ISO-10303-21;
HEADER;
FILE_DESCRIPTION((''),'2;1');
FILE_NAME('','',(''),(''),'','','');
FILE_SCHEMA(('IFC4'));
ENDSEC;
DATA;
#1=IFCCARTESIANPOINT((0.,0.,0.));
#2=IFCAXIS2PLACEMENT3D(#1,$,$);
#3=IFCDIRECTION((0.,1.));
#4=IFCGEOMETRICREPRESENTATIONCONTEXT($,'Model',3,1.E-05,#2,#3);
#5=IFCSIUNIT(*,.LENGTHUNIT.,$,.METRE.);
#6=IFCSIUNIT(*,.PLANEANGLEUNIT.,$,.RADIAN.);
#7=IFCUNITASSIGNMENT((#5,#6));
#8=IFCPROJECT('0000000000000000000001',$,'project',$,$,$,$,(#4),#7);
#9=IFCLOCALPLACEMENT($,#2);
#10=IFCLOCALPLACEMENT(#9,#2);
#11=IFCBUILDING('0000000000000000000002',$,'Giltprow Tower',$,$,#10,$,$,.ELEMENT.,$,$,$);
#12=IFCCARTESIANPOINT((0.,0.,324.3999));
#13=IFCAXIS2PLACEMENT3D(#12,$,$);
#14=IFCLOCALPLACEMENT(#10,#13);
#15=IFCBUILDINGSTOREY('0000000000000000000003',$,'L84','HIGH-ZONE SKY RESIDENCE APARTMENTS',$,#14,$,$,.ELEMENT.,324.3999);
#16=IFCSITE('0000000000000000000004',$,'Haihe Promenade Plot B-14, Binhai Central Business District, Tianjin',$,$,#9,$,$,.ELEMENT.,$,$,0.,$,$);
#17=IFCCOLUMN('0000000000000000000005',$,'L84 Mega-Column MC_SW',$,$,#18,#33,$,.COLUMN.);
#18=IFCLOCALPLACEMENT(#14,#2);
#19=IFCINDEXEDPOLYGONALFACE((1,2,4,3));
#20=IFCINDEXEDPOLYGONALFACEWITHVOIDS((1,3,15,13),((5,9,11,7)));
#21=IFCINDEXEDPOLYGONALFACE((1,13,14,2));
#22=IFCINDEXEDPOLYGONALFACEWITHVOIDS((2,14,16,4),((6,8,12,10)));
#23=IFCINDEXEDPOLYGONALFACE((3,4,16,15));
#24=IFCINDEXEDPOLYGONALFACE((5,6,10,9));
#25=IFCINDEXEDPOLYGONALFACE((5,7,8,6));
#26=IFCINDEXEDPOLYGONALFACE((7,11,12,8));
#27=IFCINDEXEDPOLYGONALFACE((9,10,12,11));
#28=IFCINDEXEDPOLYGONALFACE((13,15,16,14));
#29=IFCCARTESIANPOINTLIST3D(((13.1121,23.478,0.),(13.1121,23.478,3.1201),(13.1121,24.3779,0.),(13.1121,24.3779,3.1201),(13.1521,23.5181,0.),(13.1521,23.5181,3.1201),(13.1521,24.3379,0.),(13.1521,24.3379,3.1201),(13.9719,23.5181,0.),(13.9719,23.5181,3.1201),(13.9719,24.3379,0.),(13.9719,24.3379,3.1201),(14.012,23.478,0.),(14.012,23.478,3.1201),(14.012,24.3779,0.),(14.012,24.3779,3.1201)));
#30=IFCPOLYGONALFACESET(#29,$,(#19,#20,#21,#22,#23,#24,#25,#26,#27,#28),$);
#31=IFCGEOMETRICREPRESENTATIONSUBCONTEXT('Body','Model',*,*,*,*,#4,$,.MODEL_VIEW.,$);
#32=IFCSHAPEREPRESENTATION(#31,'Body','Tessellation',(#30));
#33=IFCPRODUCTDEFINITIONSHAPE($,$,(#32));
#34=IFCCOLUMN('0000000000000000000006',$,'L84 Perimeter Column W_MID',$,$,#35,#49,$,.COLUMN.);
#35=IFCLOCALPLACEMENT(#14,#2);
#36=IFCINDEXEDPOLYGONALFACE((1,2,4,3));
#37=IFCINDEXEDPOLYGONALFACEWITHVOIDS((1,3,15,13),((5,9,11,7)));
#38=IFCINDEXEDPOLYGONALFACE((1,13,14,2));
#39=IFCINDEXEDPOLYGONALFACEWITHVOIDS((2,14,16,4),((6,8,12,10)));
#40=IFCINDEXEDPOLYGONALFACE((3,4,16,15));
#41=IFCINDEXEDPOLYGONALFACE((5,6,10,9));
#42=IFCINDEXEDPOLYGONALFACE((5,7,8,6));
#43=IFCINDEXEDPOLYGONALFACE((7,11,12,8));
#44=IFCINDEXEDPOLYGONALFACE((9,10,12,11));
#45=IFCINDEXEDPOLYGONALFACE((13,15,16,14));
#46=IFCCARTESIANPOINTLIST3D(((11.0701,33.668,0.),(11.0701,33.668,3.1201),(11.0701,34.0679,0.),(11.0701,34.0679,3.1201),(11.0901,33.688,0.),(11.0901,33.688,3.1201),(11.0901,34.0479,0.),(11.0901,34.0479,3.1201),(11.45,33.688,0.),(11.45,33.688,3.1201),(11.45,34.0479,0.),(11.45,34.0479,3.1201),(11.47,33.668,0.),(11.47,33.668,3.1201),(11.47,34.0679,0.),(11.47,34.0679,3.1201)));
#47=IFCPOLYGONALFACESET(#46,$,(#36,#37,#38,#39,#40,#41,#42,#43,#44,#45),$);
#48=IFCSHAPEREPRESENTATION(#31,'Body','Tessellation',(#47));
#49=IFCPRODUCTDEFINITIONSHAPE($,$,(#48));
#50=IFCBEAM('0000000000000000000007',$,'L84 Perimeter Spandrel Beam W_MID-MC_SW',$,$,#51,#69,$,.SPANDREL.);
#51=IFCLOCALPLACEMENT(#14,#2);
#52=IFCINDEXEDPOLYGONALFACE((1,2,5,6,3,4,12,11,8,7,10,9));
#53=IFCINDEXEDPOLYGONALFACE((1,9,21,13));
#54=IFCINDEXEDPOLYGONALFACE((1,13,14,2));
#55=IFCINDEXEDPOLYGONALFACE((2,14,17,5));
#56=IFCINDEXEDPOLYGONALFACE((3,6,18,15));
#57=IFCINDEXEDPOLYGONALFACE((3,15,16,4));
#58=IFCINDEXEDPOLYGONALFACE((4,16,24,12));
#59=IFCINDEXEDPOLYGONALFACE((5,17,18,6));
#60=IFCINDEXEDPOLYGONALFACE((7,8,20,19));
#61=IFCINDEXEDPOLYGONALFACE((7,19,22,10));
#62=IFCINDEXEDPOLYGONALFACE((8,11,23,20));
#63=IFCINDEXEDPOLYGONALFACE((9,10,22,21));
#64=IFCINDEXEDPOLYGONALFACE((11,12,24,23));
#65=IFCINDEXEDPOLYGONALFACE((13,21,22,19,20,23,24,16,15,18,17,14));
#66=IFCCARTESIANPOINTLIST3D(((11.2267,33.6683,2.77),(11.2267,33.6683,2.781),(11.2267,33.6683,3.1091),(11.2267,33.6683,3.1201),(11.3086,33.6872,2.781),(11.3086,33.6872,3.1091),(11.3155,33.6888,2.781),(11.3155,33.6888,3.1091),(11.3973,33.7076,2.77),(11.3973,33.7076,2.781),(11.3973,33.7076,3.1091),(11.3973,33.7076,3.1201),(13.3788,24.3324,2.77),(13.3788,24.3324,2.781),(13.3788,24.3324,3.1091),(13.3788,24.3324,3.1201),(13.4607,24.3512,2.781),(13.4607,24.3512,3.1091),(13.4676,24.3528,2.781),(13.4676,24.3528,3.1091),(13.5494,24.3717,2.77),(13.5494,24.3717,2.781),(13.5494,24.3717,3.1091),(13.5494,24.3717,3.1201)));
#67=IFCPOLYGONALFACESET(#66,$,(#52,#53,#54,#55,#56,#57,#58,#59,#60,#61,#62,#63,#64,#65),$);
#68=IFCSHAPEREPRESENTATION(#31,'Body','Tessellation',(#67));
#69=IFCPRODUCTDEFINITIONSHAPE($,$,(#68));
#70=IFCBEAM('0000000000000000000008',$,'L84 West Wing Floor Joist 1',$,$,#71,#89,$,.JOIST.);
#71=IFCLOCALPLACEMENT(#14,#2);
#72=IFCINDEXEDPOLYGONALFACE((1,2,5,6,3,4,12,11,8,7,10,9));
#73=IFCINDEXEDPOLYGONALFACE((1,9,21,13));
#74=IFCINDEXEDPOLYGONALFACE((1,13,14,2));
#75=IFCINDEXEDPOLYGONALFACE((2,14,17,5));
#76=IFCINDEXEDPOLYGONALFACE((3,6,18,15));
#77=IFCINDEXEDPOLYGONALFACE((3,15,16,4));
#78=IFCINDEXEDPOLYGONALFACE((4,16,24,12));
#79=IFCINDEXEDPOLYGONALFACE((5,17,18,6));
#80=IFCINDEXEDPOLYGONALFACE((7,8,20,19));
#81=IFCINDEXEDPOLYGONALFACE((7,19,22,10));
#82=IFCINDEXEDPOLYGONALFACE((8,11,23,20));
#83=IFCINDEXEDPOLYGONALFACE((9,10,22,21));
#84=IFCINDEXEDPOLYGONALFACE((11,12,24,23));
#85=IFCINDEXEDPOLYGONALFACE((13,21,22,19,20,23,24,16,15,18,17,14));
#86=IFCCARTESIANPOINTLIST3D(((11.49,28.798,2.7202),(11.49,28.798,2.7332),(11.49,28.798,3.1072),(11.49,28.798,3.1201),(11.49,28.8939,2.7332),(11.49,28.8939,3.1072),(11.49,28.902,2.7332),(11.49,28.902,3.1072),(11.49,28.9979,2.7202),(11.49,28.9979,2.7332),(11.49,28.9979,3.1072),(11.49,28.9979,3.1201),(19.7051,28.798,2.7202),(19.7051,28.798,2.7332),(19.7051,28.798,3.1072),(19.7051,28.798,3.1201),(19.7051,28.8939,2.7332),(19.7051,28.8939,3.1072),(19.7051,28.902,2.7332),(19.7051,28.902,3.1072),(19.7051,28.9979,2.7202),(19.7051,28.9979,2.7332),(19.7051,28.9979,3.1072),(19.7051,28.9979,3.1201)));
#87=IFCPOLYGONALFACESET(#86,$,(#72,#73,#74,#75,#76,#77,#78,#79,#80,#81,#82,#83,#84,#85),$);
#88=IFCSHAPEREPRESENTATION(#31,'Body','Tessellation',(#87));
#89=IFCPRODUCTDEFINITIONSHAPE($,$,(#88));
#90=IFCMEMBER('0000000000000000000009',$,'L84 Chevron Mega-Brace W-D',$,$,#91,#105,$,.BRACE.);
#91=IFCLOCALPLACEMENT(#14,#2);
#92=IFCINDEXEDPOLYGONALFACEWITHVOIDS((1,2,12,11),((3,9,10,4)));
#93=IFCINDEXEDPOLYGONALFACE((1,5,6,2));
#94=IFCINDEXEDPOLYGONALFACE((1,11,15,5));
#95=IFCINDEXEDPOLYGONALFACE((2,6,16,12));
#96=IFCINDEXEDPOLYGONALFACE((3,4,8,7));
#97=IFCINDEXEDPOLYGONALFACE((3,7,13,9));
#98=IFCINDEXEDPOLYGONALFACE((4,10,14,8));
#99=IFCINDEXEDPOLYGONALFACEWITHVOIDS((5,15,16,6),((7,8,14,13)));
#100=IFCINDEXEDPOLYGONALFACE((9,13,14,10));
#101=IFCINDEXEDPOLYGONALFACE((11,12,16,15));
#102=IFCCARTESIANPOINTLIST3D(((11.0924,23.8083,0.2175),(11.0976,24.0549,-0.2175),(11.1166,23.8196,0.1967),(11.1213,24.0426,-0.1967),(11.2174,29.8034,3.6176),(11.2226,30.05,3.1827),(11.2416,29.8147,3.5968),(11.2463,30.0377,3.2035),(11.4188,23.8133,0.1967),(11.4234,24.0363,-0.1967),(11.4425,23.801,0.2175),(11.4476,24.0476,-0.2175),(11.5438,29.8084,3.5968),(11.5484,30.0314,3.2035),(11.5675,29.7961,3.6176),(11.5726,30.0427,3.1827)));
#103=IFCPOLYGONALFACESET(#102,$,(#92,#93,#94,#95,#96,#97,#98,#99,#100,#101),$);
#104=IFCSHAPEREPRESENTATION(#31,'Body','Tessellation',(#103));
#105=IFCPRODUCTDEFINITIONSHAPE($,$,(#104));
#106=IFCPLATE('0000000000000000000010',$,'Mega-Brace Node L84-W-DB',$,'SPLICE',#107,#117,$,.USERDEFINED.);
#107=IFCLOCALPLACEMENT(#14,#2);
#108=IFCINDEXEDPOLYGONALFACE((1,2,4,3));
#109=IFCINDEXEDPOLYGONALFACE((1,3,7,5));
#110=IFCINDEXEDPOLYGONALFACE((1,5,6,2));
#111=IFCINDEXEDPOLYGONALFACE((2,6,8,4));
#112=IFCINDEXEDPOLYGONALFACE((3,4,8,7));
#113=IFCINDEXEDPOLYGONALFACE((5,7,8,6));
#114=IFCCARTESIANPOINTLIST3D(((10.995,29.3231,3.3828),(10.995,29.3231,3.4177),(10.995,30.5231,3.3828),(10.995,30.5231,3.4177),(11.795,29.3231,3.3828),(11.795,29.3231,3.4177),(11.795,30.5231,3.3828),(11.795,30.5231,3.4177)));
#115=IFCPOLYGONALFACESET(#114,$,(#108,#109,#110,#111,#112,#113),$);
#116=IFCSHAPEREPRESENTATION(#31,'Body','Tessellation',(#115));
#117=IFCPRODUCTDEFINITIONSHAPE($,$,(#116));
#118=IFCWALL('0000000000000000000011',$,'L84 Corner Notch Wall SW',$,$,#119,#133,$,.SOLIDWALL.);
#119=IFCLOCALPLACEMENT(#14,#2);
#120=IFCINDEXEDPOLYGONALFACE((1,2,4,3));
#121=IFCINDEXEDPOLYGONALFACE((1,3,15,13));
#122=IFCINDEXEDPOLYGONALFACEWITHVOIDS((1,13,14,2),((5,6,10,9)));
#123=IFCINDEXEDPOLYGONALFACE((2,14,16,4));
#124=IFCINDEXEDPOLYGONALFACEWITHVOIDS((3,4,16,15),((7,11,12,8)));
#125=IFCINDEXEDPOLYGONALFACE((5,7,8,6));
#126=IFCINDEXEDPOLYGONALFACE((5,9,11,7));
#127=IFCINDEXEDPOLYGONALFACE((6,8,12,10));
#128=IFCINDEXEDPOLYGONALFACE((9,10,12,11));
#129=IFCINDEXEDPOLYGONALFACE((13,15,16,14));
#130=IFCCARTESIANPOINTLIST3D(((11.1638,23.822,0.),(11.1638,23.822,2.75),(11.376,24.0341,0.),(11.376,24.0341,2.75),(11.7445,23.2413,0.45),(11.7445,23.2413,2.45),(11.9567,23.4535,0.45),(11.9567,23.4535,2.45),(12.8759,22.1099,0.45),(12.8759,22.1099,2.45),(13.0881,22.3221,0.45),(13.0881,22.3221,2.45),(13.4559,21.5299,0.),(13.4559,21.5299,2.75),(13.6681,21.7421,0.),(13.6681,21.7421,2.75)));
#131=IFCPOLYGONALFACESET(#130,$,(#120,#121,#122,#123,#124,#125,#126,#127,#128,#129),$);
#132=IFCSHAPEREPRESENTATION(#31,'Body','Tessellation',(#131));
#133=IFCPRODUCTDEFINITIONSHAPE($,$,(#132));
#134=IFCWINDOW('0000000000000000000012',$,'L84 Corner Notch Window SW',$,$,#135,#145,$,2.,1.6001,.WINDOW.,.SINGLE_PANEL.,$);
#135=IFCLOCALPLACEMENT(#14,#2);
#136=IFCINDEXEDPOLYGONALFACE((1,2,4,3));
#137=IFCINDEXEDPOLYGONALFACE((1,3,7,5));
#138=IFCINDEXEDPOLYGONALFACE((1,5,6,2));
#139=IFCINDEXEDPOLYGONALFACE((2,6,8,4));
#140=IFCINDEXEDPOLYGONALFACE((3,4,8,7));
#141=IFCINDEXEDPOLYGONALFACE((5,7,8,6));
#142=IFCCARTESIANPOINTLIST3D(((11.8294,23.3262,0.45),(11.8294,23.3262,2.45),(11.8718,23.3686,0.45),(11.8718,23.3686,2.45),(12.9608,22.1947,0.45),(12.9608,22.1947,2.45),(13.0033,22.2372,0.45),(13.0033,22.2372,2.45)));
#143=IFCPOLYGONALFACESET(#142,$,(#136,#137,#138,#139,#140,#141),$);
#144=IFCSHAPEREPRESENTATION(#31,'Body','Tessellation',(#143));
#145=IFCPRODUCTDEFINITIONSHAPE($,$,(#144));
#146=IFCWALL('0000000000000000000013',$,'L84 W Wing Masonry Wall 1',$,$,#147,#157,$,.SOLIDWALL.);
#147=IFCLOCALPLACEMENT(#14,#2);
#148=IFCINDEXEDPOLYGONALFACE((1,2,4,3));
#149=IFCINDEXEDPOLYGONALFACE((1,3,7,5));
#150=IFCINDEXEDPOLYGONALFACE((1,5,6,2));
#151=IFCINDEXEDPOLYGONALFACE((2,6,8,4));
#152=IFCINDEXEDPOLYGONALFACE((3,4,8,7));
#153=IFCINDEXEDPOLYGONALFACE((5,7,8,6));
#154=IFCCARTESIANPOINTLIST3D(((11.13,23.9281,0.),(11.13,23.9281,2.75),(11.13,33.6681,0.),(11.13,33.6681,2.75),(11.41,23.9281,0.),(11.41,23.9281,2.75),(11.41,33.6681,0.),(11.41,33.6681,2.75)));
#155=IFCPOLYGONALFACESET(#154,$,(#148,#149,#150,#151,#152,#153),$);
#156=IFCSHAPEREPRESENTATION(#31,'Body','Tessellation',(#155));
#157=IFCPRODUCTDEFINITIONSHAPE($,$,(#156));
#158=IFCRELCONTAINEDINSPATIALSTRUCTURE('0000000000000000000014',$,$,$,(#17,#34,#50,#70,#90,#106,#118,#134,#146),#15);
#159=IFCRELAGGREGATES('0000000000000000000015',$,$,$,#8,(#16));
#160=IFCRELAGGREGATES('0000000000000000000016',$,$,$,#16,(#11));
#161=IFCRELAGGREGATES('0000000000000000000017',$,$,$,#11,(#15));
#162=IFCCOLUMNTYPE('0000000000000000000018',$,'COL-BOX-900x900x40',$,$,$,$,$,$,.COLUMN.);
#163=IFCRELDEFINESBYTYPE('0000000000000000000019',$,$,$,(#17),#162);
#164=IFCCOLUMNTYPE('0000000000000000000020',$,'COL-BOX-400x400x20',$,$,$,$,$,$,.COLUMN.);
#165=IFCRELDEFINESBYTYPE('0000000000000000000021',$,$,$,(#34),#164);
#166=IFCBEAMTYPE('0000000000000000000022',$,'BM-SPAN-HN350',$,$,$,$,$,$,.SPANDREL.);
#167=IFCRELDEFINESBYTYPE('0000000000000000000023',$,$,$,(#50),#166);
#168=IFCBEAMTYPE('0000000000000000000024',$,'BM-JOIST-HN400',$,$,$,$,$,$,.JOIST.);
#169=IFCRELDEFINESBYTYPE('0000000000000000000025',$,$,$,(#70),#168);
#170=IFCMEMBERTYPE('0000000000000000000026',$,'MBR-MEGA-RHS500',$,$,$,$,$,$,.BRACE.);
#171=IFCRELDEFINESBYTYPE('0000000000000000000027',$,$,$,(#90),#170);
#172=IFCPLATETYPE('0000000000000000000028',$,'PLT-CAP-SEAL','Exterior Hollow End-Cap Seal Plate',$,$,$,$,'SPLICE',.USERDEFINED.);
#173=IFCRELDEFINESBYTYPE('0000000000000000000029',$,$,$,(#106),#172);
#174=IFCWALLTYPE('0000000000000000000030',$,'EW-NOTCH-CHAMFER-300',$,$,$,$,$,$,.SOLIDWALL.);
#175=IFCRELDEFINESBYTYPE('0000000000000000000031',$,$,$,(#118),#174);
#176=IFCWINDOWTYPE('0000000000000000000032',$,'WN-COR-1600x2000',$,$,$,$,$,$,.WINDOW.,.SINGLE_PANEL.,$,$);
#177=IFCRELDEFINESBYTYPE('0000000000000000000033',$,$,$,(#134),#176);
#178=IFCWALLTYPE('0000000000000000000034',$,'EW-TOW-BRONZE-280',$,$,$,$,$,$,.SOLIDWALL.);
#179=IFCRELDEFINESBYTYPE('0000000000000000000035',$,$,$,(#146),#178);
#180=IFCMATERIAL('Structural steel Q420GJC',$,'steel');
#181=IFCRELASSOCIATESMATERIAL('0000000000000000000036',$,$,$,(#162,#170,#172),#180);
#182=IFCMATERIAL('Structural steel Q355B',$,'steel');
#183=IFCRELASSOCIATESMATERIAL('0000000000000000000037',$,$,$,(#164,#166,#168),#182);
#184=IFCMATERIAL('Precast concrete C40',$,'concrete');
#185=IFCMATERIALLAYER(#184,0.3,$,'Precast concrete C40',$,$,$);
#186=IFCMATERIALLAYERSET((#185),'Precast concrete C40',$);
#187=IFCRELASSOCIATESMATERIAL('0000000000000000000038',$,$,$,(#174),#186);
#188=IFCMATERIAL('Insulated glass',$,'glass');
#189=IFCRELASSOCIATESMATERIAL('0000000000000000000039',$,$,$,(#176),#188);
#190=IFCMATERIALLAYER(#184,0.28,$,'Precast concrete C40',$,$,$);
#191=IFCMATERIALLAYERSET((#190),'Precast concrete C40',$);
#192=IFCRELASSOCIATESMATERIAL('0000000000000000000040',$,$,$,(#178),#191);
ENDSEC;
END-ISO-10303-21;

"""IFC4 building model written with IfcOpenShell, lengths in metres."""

from ifc_helpers import new_model, si_unit, direction, frame, frame_2d, origin, origin_2d, place, context, subcontext, project, spatial, rectangle, hollow_rectangle, i_section, extrude, source, transform, mapped, material, layer, layer_set, material_profile, profile_set, type_object, element, fill, save


model = new_model("IFC4")

# Units and contexts
model_context = context("Model", 3, precision=1e-05, world=origin(), true_north=direction((0.0, 1.0)))
body_context = subcontext(model_context, "Body", "Model", "MODEL_VIEW")
ifc_project = project(units=[si_unit("LENGTHUNIT", "METRE"), si_unit("PLANEANGLEUNIT", "RADIAN")], contexts=[model_context])

# Site, building, storey
site_placement = place(None, origin())
site = spatial("IfcSite", under=ifc_project, at=site_placement, Name="Haihe Promenade Plot B-14, Binhai Central Business District, Tianjin", CompositionType="ELEMENT", RefElevation=0.0)
building_placement = place(site_placement, origin())
building = spatial("IfcBuilding", under=site, at=building_placement, Name="Giltprow Tower", CompositionType="ELEMENT")
storey_placement = place(building_placement, frame((0.0, 0.0, 324.3999)))
storey = spatial("IfcBuildingStorey", under=building, at=storey_placement, Name="L84", Description="HIGH-ZONE SKY RESIDENCE APARTMENTS", CompositionType="ELEMENT", Elevation=324.3999)

# Columns
ifc_material_1 = material(Name="Structural steel Q420GJC", Category="steel")
ifc_material_profile_1 = material_profile(ifc_material_1, hollow_rectangle(XDim=0.8999, YDim=0.8999, WallThickness=0.04, at=origin_2d()), Name="BOX 900x900x40")
ifc_profile_set_1 = profile_set([ifc_material_profile_1], Name="Structural steel Q420GJC")
column_type_1 = type_object("IfcColumnType", Name="COL-BOX-900x900x40", PredefinedType="COLUMN", material=ifc_profile_set_1)
shared_shape_1 = source(origin(), body_context, "Body", "SweptSolid", [
    extrude(hollow_rectangle(XDim=0.8999, YDim=0.8999, WallThickness=0.04, at=origin_2d()), origin(), (0.0, 0.0, 1.0), 3.1201),
])
column_1_placement = place(storey_placement, frame((13.562, 23.928, 0.0), z_axis=(0.0, 0.0, 1.0), x_axis=(1.0, 0.0, 0.0)))
element("IfcColumn", 1, at=column_1_placement, inside=storey, type_object=column_type_1, Name="L84 Mega-Column MC_SW", PredefinedType="COLUMN", context=body_context, shape_type="MappedRepresentation", body=[
    mapped(shared_shape_1, transform((0.0, 0.0, 0.0), x_axis=(1.0, 0.0, 0.0), y_axis=(0.0, 1.0, 0.0), z_axis=(0.0, 0.0, 1.0), scale=1.0)),
])
ifc_material_2 = material(Name="Structural steel Q355B", Category="steel")
ifc_material_profile_2 = material_profile(ifc_material_2, hollow_rectangle(XDim=0.3999, YDim=0.3999, WallThickness=0.02, at=origin_2d()), Name="BOX 400x400x20")
ifc_profile_set_2 = profile_set([ifc_material_profile_2], Name="Structural steel Q355B")
column_type_2 = type_object("IfcColumnType", Name="COL-BOX-400x400x20", PredefinedType="COLUMN", material=ifc_profile_set_2)
shared_shape_2 = source(origin(), body_context, "Body", "SweptSolid", [
    extrude(hollow_rectangle(XDim=0.3999, YDim=0.3999, WallThickness=0.02, at=origin_2d()), origin(), (0.0, 0.0, 1.0), 3.1201),
])
column_2_placement = place(storey_placement, frame((11.27, 33.8679, 0.0), z_axis=(0.0, 0.0, 1.0), x_axis=(1.0, 0.0, 0.0)))
element("IfcColumn", 2, at=column_2_placement, inside=storey, type_object=column_type_2, Name="L84 Perimeter Column W_MID", PredefinedType="COLUMN", context=body_context, shape_type="MappedRepresentation", body=[
    mapped(shared_shape_2, transform((0.0, 0.0, 0.0), x_axis=(1.0, 0.0, 0.0), y_axis=(0.0, 1.0, 0.0), z_axis=(0.0, 0.0, 1.0), scale=1.0)),
])

# Beams
ifc_material_profile_3 = material_profile(ifc_material_2, i_section(OverallWidth=0.175, OverallDepth=0.3501, WebThickness=0.0071, FlangeThickness=0.011, at=origin_2d()), Name="HN 350x175x7x11")
ifc_profile_set_3 = profile_set([ifc_material_profile_3], Name="Structural steel Q355B")
beam_type_1 = type_object("IfcBeamType", Name="BM-SPAN-HN350", PredefinedType="SPANDREL", material=ifc_profile_set_3)
shared_shape_3 = source(origin(), body_context, "Body", "SweptSolid", [
    extrude(i_section(OverallWidth=0.175, OverallDepth=0.3501, WebThickness=0.0071, FlangeThickness=0.011, at=origin_2d()), origin(), (0.0, 0.0, 1.0), 9.5808),
])
beam_1_placement = place(storey_placement, frame((11.312, 33.688, 2.9451), z_axis=(0.224627, -0.974445, 0.0), x_axis=(0.974445, 0.224627, 0.0)))
element("IfcBeam", 3, at=beam_1_placement, inside=storey, type_object=beam_type_1, Name="L84 Perimeter Spandrel Beam W_MID-MC_SW", PredefinedType="SPANDREL", context=body_context, shape_type="MappedRepresentation", body=[
    mapped(shared_shape_3, transform((0.0, 0.0, 0.0), x_axis=(1.0, 0.0, 0.0), y_axis=(0.0, 1.0, 0.0), z_axis=(0.0, 0.0, 1.0), scale=1.0)),
])
ifc_material_profile_4 = material_profile(ifc_material_2, i_section(OverallWidth=0.2, OverallDepth=0.3999, WebThickness=0.0081, FlangeThickness=0.0129, at=origin_2d()), Name="HN 400x200x8x13")
ifc_profile_set_4 = profile_set([ifc_material_profile_4], Name="Structural steel Q355B")
beam_type_2 = type_object("IfcBeamType", Name="BM-JOIST-HN400", PredefinedType="JOIST", material=ifc_profile_set_4)
shared_shape_4 = source(origin(), body_context, "Body", "SweptSolid", [
    extrude(i_section(OverallWidth=0.2, OverallDepth=0.3999, WebThickness=0.0081, FlangeThickness=0.0129, at=origin_2d()), origin(), (0.0, 0.0, 1.0), 8.2151),
])
beam_2_placement = place(storey_placement, frame((11.49, 28.8979, 2.9202), z_axis=(1.0, 0.0, 0.0), x_axis=(0.0, 1.0, 0.0)))
element("IfcBeam", 4, at=beam_2_placement, inside=storey, type_object=beam_type_2, Name="L84 West Wing Floor Joist 1", PredefinedType="JOIST", context=body_context, shape_type="MappedRepresentation", body=[
    mapped(shared_shape_4, transform((0.0, 0.0, 0.0), x_axis=(1.0, 0.0, 0.0), y_axis=(0.0, 1.0, 0.0), z_axis=(0.0, 0.0, 1.0), scale=1.0)),
])

# Member
ifc_material_profile_5 = material_profile(ifc_material_1, hollow_rectangle(XDim=0.3501, YDim=0.5, WallThickness=0.0239, at=origin_2d()), Name="RHS 500x350x24")
ifc_profile_set_5 = profile_set([ifc_material_profile_5], Name="Structural steel Q420GJC")
member_type = type_object("IfcMemberType", Name="MBR-MEGA-RHS500", PredefinedType="BRACE", material=ifc_profile_set_5)
shared_shape_5 = source(origin(), body_context, "Body", "SweptSolid", [
    extrude(hollow_rectangle(XDim=0.3501, YDim=0.5, WallThickness=0.0239, at=origin_2d()), origin(), (0.0, 0.0, 1.0), 6.8933),
])
member_placement = place(storey_placement, frame((11.27, 23.928, 0.0), z_axis=(0.018133, 0.869698, 0.493251), x_axis=(-0.999783, 0.020846, 0.0)))
element("IfcMember", 5, at=member_placement, inside=storey, type_object=member_type, Name="L84 Chevron Mega-Brace W-D", PredefinedType="BRACE", context=body_context, shape_type="MappedRepresentation", body=[
    mapped(shared_shape_5, transform((0.0, 0.0, 0.0), x_axis=(1.0, 0.0, 0.0), y_axis=(0.0, 1.0, 0.0), z_axis=(0.0, 0.0, 1.0), scale=1.0)),
])

# Plate
plate_type = type_object("IfcPlateType", Name="PLT-CAP-SEAL", Description="Exterior Hollow End-Cap Seal Plate", ElementType="SPLICE", PredefinedType="USERDEFINED", material=ifc_material_1)
shared_shape_6 = source(origin(), body_context, "Body", "SweptSolid", [
    extrude(rectangle(XDim=1.2, YDim=0.8, at=origin_2d()), origin(), (0.0, 0.0, 1.0), 0.0349),
])
plate_placement = place(storey_placement, frame((11.395, 29.9231, 3.3828), z_axis=(0.0, 0.0, 1.0), x_axis=(0.0, 1.0, 0.0)))
element("IfcPlate", 6, at=plate_placement, inside=storey, type_object=plate_type, Name="Mega-Brace Node L84-W-DB", ObjectType="SPLICE", PredefinedType="USERDEFINED", context=body_context, shape_type="MappedRepresentation", body=[
    mapped(shared_shape_6, transform((0.0, 0.0, 0.0), x_axis=(1.0, 0.0, 0.0), y_axis=(0.0, 1.0, 0.0), z_axis=(0.0, 0.0, 1.0), scale=1.0)),
])

# Wall, opening, window
ifc_material_3 = material(Name="Precast concrete C40", Category="concrete")
ifc_layer_1 = layer(ifc_material_3, 0.3, Name="Precast concrete C40")
ifc_layer_set_1 = layer_set([ifc_layer_1], Name="Precast concrete C40")
wall_type_1 = type_object("IfcWallType", Name="EW-NOTCH-CHAMFER-300", PredefinedType="SOLIDWALL", material=ifc_layer_set_1)
wall_1_placement = place(storey_placement, frame((11.27, 23.928, 0.0), z_axis=(0.0, 0.0, 1.0), x_axis=(0.707107, -0.707107, 0.0)))
wall_1 = element("IfcWall", 7, at=wall_1_placement, inside=storey, type_object=wall_type_1, Name="L84 Corner Notch Wall SW", PredefinedType="SOLIDWALL", context=body_context, shape_type="SweptSolid", body=[
    extrude(rectangle(XDim=3.2415, YDim=0.3, at=frame_2d((1.6206, 0.0))), origin(), (0.0, 0.0, 1.0), 2.75),
])
opening_1_placement = place(wall_1_placement, frame((0.821, 0.0, 0.45)))
opening_1 = element("IfcOpeningElement", 8, at=opening_1_placement, cuts=wall_1, PredefinedType="OPENING", context=body_context, shape_type="SweptSolid", body=[
    extrude(rectangle(XDim=1.6001, YDim=2.0, at=frame_2d((0.8, 1.0))), frame((0.0, 0.1599, 0.0), z_axis=(0.0, -1.0, 0.0), x_axis=(1.0, 0.0, 0.0)), (0.0, 0.0, 1.0), 0.3201),
])
ifc_material_4 = material(Name="Insulated glass", Category="glass")
window_type = type_object("IfcWindowType", Name="WN-COR-1600x2000", PartitioningType="SINGLE_PANEL", PredefinedType="WINDOW", material=ifc_material_4)
shared_shape_7 = source(origin(), body_context, "Body", "SweptSolid", [
    extrude(rectangle(XDim=1.6001, YDim=2.0, at=frame_2d((0.8, 1.0))), frame((0.0, 0.03, 0.0), z_axis=(0.0, -1.0, 0.0), x_axis=(1.0, 0.0, 0.0)), (0.0, 0.0, 1.0), 0.0601),
])
window_placement = place(opening_1_placement, origin())
window = element("IfcWindow", 9, at=window_placement, inside=storey, type_object=window_type, Name="L84 Corner Notch Window SW", OverallHeight=2.0, OverallWidth=1.6001, PartitioningType="SINGLE_PANEL", PredefinedType="WINDOW", context=body_context, shape_type="MappedRepresentation", body=[
    mapped(shared_shape_7, transform((0.0, 0.0, 0.0), x_axis=(1.0, 0.0, 0.0), y_axis=(0.0, 1.0, 0.0), z_axis=(0.0, 0.0, 1.0), scale=1.0)),
])
fill(opening_1, window)

# Wall
ifc_layer_2 = layer(ifc_material_3, 0.28, Name="Precast concrete C40")
ifc_layer_set_2 = layer_set([ifc_layer_2], Name="Precast concrete C40")
wall_type_2 = type_object("IfcWallType", Name="EW-TOW-BRONZE-280", PredefinedType="SOLIDWALL", material=ifc_layer_set_2)
wall_2_placement = place(storey_placement, frame((11.27, 23.928, 0.0), z_axis=(0.0, 0.0, 1.0), x_axis=(0.0, 1.0, 0.0)))
element("IfcWall", 10, at=wall_2_placement, inside=storey, type_object=wall_type_2, Name="L84 W Wing Masonry Wall 1", PredefinedType="SOLIDWALL", context=body_context, shape_type="SweptSolid", body=[
    extrude(rectangle(XDim=9.74, YDim=0.28, at=frame_2d((4.8701, 0.0))), origin(), (0.0, 0.0, 1.0), 2.75),
])

save(model, "model.ifc")
